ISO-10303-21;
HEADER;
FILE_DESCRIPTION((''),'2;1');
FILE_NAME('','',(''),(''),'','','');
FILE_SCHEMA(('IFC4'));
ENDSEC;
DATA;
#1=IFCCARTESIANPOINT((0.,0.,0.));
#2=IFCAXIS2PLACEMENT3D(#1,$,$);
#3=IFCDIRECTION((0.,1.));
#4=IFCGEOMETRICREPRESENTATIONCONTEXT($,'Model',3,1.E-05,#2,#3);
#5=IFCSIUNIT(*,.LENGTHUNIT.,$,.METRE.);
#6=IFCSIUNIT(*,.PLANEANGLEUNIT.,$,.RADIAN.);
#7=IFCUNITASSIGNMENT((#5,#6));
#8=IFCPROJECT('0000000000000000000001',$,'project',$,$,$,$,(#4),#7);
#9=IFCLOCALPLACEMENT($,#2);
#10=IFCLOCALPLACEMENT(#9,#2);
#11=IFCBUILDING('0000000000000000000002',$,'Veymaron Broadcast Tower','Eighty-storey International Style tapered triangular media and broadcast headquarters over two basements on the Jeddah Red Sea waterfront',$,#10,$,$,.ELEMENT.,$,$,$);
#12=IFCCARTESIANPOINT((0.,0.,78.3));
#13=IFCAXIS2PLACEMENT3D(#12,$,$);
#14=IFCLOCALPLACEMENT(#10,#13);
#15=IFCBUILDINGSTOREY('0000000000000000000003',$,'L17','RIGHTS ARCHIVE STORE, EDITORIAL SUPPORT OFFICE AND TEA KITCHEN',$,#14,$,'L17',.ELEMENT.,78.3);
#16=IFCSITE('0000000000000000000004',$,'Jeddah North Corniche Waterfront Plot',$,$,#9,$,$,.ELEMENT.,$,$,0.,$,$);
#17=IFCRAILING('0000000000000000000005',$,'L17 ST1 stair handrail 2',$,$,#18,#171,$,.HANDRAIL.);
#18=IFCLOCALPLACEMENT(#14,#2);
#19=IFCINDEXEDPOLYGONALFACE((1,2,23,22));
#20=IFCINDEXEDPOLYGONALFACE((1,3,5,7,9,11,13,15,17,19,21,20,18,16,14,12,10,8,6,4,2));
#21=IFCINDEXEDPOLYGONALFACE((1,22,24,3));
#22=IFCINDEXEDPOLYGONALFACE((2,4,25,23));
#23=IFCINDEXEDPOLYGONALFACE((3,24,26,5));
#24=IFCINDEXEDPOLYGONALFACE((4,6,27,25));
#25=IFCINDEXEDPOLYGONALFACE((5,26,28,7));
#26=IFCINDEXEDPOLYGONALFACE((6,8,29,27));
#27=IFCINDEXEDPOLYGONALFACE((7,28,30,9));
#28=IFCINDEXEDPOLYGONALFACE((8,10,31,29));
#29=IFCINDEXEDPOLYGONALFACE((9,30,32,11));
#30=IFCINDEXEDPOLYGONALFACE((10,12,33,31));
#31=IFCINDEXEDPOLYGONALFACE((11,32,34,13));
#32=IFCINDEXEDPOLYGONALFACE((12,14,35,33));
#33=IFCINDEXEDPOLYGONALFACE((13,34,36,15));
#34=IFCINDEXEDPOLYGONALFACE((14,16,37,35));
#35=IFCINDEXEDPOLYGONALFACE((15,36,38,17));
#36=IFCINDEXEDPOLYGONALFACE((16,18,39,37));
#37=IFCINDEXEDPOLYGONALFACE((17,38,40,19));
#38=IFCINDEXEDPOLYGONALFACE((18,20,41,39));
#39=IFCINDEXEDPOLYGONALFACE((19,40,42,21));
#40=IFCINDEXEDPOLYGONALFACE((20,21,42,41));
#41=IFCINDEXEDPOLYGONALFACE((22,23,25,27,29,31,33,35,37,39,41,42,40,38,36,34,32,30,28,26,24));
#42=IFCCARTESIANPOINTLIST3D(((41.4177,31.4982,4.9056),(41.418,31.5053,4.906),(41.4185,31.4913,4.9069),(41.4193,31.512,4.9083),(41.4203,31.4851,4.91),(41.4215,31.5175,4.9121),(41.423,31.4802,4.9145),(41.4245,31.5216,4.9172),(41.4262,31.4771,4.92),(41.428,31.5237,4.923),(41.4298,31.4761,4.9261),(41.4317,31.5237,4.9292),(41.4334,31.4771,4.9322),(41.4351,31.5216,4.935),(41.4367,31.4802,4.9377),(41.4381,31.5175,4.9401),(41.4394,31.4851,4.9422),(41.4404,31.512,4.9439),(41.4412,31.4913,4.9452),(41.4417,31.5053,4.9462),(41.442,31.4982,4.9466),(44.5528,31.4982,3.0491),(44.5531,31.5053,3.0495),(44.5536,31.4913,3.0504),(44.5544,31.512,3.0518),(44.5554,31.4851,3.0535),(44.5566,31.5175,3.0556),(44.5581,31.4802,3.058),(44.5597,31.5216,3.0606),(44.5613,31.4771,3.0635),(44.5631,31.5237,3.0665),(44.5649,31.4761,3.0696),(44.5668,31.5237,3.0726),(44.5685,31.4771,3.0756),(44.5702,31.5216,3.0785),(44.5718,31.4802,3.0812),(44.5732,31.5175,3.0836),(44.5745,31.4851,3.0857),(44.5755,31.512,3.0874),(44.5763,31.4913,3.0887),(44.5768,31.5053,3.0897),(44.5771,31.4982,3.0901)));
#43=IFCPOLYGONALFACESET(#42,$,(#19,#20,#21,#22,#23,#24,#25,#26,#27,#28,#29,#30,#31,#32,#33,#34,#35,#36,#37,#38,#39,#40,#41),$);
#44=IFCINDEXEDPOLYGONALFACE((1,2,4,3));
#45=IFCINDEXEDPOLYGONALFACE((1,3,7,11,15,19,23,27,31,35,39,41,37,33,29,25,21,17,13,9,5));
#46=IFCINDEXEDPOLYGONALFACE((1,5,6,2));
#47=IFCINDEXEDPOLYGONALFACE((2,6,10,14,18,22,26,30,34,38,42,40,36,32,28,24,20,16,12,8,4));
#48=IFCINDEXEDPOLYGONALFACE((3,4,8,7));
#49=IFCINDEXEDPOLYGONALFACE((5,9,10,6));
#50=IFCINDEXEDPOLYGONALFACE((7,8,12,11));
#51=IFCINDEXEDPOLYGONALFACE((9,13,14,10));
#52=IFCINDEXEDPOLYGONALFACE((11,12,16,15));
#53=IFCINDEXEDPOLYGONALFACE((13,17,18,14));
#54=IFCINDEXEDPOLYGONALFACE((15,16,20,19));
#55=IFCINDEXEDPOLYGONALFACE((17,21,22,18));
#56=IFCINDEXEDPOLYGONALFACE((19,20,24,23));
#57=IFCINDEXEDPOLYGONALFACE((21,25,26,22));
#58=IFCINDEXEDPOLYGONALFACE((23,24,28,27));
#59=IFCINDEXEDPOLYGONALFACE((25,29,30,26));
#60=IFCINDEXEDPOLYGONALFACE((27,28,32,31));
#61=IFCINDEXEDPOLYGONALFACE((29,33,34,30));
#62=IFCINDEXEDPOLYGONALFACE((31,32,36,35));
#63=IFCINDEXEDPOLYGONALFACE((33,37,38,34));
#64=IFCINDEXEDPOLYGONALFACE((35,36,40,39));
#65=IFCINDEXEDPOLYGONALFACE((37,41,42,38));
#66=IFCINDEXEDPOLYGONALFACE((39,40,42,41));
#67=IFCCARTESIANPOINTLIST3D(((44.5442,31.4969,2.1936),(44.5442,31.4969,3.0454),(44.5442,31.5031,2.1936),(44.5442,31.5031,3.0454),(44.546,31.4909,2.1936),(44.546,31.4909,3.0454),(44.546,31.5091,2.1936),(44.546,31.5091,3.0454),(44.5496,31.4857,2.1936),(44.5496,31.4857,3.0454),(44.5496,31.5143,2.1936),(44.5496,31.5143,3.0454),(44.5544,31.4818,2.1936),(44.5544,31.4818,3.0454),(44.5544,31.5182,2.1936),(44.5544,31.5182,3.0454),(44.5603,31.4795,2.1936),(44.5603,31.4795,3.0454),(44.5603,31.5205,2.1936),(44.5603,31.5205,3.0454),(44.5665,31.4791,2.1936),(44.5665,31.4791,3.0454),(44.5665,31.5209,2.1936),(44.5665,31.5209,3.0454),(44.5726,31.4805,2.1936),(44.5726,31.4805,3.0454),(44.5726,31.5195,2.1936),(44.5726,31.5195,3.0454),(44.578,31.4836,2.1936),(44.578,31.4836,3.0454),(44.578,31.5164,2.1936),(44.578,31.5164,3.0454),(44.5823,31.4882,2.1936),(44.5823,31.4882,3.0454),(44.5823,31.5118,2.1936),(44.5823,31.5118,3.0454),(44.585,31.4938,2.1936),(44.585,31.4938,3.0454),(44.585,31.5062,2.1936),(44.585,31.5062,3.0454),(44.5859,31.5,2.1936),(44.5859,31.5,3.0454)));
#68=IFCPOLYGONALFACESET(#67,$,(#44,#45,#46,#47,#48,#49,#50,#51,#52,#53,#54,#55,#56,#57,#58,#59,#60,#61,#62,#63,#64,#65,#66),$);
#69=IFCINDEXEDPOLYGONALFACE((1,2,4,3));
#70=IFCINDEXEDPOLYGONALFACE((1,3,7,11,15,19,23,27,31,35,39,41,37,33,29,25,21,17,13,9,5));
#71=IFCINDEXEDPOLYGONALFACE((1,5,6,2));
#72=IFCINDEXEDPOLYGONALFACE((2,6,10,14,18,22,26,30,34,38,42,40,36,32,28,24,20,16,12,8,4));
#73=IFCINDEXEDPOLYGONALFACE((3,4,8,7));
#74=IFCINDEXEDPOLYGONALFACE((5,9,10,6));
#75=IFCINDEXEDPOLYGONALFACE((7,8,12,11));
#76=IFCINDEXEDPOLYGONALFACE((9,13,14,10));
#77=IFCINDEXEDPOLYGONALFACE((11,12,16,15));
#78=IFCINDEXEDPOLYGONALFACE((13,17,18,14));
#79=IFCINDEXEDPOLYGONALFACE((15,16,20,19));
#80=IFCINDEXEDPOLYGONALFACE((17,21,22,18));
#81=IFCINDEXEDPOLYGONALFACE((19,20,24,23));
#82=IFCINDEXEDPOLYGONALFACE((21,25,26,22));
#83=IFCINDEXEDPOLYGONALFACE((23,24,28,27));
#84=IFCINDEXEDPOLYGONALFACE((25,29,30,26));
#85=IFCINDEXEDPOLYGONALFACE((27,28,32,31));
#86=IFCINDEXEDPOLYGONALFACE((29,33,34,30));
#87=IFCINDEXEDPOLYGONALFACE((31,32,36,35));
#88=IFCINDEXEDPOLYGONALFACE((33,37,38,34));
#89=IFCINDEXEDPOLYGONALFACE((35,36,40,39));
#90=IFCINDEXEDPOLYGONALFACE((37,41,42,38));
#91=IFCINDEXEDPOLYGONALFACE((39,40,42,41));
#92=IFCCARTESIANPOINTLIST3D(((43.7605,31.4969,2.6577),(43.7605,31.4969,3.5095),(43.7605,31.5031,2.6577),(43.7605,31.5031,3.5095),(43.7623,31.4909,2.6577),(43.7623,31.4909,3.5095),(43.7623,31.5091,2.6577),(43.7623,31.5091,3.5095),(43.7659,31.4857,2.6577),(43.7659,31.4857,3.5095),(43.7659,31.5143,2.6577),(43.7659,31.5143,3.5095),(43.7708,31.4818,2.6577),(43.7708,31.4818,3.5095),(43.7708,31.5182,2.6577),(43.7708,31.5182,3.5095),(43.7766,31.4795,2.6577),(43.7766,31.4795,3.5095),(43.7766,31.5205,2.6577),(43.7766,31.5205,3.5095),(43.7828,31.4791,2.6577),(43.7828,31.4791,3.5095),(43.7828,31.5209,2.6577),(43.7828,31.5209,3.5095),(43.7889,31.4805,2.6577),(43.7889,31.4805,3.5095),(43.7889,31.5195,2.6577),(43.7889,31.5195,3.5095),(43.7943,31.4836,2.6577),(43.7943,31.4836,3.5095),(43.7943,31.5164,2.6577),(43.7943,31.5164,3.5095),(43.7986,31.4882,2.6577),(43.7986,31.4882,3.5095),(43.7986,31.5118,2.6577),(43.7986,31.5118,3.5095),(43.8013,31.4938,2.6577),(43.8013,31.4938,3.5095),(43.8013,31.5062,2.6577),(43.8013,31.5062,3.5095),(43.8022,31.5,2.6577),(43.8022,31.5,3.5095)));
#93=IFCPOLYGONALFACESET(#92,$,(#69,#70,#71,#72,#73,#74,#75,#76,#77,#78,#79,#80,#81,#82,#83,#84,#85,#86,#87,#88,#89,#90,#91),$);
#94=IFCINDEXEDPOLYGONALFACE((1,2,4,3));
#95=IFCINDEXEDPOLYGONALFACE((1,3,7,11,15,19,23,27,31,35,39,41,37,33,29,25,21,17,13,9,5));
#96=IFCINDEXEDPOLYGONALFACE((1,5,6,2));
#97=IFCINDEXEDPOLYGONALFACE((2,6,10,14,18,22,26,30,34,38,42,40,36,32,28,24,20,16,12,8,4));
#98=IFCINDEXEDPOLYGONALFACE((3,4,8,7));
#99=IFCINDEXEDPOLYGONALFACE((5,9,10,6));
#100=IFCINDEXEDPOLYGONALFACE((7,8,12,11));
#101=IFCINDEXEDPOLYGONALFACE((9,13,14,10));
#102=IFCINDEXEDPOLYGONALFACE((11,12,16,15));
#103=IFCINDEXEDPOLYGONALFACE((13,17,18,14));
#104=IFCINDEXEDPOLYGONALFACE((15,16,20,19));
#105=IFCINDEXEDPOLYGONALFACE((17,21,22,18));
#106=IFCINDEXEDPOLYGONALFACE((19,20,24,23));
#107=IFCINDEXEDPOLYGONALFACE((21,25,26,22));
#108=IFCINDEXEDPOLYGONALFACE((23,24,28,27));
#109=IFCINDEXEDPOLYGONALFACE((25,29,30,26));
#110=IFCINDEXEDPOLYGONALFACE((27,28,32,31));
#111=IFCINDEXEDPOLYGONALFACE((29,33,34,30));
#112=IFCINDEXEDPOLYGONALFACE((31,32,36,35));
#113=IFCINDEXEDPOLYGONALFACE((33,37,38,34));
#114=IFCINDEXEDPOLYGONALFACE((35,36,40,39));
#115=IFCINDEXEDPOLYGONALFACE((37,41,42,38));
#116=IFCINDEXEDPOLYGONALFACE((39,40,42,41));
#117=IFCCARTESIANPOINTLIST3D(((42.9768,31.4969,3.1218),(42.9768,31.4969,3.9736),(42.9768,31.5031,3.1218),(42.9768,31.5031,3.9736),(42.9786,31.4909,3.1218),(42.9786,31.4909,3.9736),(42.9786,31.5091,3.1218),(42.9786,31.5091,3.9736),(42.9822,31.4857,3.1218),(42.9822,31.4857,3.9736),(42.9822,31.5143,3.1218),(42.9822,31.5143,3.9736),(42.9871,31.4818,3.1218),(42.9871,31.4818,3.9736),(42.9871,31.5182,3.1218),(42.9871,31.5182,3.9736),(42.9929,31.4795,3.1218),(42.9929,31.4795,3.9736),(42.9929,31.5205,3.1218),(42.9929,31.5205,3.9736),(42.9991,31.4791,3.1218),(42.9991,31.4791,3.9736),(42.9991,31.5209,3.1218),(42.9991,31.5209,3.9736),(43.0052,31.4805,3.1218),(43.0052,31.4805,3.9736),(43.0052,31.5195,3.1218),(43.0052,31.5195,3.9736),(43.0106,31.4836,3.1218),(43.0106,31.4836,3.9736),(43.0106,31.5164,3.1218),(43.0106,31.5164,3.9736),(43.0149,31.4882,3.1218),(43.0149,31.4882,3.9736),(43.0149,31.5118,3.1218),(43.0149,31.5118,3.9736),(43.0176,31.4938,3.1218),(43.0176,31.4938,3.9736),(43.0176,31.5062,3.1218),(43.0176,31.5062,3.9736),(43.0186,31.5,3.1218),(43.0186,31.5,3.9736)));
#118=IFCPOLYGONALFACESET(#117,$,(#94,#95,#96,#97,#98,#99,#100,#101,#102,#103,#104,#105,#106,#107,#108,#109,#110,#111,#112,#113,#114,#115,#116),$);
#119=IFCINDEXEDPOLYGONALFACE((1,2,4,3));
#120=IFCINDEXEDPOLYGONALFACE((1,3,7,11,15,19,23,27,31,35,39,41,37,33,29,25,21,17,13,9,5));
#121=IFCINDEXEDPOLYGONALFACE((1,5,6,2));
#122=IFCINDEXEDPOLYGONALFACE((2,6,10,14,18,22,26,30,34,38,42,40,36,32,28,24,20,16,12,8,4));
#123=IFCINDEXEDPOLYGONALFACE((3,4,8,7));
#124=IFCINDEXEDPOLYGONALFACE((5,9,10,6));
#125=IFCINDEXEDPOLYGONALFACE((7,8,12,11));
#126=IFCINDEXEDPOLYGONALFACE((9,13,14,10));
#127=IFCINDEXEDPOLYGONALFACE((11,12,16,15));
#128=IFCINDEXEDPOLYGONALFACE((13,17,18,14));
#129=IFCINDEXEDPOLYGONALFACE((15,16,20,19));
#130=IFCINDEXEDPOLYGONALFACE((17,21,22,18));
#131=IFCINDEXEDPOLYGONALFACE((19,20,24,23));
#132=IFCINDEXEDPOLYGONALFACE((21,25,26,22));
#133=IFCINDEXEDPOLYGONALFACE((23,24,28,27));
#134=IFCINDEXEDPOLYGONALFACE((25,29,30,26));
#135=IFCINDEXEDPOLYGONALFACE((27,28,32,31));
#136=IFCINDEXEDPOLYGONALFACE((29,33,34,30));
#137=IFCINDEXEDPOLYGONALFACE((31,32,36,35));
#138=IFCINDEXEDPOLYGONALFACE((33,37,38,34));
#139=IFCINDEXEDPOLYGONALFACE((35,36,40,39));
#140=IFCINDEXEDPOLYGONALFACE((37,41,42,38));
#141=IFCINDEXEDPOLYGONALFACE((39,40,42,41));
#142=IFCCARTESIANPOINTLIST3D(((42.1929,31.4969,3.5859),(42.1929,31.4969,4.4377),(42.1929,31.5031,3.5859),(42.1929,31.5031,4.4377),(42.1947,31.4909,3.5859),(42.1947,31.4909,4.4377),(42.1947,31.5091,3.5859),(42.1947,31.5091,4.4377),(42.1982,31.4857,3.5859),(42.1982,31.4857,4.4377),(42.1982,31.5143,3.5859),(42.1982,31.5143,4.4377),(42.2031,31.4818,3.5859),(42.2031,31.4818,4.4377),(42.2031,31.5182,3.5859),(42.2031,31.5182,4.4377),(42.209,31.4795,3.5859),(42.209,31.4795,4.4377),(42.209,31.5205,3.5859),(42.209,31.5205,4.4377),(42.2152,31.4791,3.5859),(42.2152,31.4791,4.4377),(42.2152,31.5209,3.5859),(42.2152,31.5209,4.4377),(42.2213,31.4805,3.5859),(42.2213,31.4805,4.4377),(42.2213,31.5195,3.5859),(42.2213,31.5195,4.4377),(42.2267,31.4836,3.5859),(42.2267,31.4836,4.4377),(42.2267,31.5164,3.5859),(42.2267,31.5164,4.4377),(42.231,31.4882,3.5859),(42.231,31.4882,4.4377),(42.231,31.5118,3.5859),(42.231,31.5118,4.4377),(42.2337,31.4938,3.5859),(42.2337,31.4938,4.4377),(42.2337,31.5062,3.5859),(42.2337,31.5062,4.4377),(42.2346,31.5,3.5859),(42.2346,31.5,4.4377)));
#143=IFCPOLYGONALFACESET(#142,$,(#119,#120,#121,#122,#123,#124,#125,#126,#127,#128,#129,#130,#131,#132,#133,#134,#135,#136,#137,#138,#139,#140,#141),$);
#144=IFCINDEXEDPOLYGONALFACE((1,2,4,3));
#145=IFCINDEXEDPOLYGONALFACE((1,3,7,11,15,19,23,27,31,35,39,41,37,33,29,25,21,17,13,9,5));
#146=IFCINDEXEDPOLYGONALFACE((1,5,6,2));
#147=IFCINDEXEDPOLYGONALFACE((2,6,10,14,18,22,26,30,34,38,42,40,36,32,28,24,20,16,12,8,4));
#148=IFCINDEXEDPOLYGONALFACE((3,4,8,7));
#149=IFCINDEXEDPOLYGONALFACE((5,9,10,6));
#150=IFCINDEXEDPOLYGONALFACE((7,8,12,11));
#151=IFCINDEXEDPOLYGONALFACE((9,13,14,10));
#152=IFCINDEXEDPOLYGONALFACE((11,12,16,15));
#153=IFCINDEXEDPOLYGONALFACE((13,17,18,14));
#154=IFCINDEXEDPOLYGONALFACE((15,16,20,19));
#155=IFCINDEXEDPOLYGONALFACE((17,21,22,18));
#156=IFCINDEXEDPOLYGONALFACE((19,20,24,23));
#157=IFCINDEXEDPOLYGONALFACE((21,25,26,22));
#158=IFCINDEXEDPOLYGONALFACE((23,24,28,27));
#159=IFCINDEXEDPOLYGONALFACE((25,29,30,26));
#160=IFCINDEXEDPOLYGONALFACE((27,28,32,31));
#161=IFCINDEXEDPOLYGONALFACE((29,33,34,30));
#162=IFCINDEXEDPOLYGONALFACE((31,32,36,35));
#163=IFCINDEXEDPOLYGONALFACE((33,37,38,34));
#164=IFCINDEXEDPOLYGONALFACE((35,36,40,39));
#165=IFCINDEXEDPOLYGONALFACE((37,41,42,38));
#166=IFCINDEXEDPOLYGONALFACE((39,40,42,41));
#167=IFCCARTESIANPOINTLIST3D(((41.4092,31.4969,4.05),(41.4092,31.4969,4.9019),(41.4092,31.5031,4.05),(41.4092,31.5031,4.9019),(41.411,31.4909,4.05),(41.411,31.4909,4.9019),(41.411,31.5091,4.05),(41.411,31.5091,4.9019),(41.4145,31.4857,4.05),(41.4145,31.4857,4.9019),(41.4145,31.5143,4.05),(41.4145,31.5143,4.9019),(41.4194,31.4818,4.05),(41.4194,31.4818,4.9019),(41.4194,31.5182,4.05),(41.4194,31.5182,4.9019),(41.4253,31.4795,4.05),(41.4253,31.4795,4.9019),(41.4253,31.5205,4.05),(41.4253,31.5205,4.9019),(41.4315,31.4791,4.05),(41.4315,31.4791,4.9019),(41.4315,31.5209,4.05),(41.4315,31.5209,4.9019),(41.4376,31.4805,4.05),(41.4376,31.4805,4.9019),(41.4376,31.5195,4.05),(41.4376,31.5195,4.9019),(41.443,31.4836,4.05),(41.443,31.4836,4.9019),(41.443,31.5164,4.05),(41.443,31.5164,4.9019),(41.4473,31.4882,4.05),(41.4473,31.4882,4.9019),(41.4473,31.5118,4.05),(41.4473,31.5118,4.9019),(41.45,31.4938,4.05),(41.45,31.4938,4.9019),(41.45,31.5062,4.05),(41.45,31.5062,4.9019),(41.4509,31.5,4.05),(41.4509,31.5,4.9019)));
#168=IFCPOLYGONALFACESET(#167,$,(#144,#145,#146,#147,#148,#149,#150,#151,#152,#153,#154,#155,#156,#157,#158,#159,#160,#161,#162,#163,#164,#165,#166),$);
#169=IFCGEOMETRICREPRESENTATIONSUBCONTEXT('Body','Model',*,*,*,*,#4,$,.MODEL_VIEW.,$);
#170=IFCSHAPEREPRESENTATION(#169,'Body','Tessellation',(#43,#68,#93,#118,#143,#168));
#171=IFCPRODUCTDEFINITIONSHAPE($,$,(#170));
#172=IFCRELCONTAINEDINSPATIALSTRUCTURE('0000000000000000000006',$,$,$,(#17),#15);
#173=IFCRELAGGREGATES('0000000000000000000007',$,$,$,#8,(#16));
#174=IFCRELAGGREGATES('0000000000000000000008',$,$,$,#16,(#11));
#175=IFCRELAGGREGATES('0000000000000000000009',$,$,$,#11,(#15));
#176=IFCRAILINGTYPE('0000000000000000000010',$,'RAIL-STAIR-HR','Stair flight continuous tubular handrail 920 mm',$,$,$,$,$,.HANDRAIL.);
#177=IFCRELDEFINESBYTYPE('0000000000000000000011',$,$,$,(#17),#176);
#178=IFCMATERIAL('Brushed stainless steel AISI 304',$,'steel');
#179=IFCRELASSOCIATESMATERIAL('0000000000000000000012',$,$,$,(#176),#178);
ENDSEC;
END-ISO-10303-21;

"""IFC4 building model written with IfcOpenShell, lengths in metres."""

from ifc_helpers import new_model, si_unit, direction, frame, origin, origin_2d, place, context, subcontext, project, spatial, circle, extrude, material, type_object, element, save


model = new_model("IFC4")

# Units and contexts
model_context = context("Model", 3, precision=1e-05, world=origin(), true_north=direction((0.0, 1.0)))
body_context = subcontext(model_context, "Body", "Model", "MODEL_VIEW")
ifc_project = project(units=[si_unit("LENGTHUNIT", "METRE"), si_unit("PLANEANGLEUNIT", "RADIAN")], contexts=[model_context])

# Site, building, storey
site_placement = place(None, origin())
site = spatial("IfcSite", under=ifc_project, at=site_placement, Name="Jeddah North Corniche Waterfront Plot", CompositionType="ELEMENT", RefElevation=0.0)
building_placement = place(site_placement, origin())
building = spatial("IfcBuilding", under=site, at=building_placement, Name="Veymaron Broadcast Tower", Description="Eighty-storey International Style tapered triangular media and broadcast headquarters over two basements on the Jeddah Red Sea waterfront", CompositionType="ELEMENT")
storey_placement = place(building_placement, frame((0.0, 0.0, 78.3)))
storey = spatial("IfcBuildingStorey", under=building, at=storey_placement, Name="L17", Description="RIGHTS ARCHIVE STORE, EDITORIAL SUPPORT OFFICE AND TEA KITCHEN", LongName="L17", CompositionType="ELEMENT", Elevation=78.3)

# Shared definitions
ifc_material_1 = material(Name="Brushed stainless steel AISI 304", Category="steel")

# Railing
railing_type_1 = type_object("IfcRailingType", Name="RAIL-STAIR-HR", Description="Stair flight continuous tubular handrail 920 mm", PredefinedType="HANDRAIL", material=ifc_material_1)
railing_1_placement = place(storey_placement, frame((44.5649, 31.5, 2.1936)))
element("IfcRailing", 1, at=railing_1_placement, inside=storey, type_object=railing_type_1, Name="L17 ST1 stair handrail 2", PredefinedType="HANDRAIL", context=body_context, shape_type="SweptSolid", body=[
    extrude(circle(Radius=0.0239, at=origin_2d()), frame((0.0, 0.0, 0.876), z_axis=(-0.860453, 0.0, 0.509531), x_axis=(0.0, -1.0, 0.0)), (0.0, 0.0, 1.0), 3.6436),
    extrude(circle(Radius=0.021, at=origin_2d()), origin(), (0.0, 0.0, 1.0), 0.8518),
    extrude(circle(Radius=0.021, at=origin_2d()), frame((-0.7837, 0.0, 0.4641)), (0.0, 0.0, 1.0), 0.8518),
    extrude(circle(Radius=0.021, at=origin_2d()), frame((-1.5674, 0.0, 0.9282)), (0.0, 0.0, 1.0), 0.8518),
    extrude(circle(Radius=0.021, at=origin_2d()), frame((-2.3513, 0.0, 1.3923)), (0.0, 0.0, 1.0), 0.8518),
    extrude(circle(Radius=0.021, at=origin_2d()), frame((-3.135, 0.0, 1.8564)), (0.0, 0.0, 1.0), 0.8518),
])

save(model, "model.ifc")
